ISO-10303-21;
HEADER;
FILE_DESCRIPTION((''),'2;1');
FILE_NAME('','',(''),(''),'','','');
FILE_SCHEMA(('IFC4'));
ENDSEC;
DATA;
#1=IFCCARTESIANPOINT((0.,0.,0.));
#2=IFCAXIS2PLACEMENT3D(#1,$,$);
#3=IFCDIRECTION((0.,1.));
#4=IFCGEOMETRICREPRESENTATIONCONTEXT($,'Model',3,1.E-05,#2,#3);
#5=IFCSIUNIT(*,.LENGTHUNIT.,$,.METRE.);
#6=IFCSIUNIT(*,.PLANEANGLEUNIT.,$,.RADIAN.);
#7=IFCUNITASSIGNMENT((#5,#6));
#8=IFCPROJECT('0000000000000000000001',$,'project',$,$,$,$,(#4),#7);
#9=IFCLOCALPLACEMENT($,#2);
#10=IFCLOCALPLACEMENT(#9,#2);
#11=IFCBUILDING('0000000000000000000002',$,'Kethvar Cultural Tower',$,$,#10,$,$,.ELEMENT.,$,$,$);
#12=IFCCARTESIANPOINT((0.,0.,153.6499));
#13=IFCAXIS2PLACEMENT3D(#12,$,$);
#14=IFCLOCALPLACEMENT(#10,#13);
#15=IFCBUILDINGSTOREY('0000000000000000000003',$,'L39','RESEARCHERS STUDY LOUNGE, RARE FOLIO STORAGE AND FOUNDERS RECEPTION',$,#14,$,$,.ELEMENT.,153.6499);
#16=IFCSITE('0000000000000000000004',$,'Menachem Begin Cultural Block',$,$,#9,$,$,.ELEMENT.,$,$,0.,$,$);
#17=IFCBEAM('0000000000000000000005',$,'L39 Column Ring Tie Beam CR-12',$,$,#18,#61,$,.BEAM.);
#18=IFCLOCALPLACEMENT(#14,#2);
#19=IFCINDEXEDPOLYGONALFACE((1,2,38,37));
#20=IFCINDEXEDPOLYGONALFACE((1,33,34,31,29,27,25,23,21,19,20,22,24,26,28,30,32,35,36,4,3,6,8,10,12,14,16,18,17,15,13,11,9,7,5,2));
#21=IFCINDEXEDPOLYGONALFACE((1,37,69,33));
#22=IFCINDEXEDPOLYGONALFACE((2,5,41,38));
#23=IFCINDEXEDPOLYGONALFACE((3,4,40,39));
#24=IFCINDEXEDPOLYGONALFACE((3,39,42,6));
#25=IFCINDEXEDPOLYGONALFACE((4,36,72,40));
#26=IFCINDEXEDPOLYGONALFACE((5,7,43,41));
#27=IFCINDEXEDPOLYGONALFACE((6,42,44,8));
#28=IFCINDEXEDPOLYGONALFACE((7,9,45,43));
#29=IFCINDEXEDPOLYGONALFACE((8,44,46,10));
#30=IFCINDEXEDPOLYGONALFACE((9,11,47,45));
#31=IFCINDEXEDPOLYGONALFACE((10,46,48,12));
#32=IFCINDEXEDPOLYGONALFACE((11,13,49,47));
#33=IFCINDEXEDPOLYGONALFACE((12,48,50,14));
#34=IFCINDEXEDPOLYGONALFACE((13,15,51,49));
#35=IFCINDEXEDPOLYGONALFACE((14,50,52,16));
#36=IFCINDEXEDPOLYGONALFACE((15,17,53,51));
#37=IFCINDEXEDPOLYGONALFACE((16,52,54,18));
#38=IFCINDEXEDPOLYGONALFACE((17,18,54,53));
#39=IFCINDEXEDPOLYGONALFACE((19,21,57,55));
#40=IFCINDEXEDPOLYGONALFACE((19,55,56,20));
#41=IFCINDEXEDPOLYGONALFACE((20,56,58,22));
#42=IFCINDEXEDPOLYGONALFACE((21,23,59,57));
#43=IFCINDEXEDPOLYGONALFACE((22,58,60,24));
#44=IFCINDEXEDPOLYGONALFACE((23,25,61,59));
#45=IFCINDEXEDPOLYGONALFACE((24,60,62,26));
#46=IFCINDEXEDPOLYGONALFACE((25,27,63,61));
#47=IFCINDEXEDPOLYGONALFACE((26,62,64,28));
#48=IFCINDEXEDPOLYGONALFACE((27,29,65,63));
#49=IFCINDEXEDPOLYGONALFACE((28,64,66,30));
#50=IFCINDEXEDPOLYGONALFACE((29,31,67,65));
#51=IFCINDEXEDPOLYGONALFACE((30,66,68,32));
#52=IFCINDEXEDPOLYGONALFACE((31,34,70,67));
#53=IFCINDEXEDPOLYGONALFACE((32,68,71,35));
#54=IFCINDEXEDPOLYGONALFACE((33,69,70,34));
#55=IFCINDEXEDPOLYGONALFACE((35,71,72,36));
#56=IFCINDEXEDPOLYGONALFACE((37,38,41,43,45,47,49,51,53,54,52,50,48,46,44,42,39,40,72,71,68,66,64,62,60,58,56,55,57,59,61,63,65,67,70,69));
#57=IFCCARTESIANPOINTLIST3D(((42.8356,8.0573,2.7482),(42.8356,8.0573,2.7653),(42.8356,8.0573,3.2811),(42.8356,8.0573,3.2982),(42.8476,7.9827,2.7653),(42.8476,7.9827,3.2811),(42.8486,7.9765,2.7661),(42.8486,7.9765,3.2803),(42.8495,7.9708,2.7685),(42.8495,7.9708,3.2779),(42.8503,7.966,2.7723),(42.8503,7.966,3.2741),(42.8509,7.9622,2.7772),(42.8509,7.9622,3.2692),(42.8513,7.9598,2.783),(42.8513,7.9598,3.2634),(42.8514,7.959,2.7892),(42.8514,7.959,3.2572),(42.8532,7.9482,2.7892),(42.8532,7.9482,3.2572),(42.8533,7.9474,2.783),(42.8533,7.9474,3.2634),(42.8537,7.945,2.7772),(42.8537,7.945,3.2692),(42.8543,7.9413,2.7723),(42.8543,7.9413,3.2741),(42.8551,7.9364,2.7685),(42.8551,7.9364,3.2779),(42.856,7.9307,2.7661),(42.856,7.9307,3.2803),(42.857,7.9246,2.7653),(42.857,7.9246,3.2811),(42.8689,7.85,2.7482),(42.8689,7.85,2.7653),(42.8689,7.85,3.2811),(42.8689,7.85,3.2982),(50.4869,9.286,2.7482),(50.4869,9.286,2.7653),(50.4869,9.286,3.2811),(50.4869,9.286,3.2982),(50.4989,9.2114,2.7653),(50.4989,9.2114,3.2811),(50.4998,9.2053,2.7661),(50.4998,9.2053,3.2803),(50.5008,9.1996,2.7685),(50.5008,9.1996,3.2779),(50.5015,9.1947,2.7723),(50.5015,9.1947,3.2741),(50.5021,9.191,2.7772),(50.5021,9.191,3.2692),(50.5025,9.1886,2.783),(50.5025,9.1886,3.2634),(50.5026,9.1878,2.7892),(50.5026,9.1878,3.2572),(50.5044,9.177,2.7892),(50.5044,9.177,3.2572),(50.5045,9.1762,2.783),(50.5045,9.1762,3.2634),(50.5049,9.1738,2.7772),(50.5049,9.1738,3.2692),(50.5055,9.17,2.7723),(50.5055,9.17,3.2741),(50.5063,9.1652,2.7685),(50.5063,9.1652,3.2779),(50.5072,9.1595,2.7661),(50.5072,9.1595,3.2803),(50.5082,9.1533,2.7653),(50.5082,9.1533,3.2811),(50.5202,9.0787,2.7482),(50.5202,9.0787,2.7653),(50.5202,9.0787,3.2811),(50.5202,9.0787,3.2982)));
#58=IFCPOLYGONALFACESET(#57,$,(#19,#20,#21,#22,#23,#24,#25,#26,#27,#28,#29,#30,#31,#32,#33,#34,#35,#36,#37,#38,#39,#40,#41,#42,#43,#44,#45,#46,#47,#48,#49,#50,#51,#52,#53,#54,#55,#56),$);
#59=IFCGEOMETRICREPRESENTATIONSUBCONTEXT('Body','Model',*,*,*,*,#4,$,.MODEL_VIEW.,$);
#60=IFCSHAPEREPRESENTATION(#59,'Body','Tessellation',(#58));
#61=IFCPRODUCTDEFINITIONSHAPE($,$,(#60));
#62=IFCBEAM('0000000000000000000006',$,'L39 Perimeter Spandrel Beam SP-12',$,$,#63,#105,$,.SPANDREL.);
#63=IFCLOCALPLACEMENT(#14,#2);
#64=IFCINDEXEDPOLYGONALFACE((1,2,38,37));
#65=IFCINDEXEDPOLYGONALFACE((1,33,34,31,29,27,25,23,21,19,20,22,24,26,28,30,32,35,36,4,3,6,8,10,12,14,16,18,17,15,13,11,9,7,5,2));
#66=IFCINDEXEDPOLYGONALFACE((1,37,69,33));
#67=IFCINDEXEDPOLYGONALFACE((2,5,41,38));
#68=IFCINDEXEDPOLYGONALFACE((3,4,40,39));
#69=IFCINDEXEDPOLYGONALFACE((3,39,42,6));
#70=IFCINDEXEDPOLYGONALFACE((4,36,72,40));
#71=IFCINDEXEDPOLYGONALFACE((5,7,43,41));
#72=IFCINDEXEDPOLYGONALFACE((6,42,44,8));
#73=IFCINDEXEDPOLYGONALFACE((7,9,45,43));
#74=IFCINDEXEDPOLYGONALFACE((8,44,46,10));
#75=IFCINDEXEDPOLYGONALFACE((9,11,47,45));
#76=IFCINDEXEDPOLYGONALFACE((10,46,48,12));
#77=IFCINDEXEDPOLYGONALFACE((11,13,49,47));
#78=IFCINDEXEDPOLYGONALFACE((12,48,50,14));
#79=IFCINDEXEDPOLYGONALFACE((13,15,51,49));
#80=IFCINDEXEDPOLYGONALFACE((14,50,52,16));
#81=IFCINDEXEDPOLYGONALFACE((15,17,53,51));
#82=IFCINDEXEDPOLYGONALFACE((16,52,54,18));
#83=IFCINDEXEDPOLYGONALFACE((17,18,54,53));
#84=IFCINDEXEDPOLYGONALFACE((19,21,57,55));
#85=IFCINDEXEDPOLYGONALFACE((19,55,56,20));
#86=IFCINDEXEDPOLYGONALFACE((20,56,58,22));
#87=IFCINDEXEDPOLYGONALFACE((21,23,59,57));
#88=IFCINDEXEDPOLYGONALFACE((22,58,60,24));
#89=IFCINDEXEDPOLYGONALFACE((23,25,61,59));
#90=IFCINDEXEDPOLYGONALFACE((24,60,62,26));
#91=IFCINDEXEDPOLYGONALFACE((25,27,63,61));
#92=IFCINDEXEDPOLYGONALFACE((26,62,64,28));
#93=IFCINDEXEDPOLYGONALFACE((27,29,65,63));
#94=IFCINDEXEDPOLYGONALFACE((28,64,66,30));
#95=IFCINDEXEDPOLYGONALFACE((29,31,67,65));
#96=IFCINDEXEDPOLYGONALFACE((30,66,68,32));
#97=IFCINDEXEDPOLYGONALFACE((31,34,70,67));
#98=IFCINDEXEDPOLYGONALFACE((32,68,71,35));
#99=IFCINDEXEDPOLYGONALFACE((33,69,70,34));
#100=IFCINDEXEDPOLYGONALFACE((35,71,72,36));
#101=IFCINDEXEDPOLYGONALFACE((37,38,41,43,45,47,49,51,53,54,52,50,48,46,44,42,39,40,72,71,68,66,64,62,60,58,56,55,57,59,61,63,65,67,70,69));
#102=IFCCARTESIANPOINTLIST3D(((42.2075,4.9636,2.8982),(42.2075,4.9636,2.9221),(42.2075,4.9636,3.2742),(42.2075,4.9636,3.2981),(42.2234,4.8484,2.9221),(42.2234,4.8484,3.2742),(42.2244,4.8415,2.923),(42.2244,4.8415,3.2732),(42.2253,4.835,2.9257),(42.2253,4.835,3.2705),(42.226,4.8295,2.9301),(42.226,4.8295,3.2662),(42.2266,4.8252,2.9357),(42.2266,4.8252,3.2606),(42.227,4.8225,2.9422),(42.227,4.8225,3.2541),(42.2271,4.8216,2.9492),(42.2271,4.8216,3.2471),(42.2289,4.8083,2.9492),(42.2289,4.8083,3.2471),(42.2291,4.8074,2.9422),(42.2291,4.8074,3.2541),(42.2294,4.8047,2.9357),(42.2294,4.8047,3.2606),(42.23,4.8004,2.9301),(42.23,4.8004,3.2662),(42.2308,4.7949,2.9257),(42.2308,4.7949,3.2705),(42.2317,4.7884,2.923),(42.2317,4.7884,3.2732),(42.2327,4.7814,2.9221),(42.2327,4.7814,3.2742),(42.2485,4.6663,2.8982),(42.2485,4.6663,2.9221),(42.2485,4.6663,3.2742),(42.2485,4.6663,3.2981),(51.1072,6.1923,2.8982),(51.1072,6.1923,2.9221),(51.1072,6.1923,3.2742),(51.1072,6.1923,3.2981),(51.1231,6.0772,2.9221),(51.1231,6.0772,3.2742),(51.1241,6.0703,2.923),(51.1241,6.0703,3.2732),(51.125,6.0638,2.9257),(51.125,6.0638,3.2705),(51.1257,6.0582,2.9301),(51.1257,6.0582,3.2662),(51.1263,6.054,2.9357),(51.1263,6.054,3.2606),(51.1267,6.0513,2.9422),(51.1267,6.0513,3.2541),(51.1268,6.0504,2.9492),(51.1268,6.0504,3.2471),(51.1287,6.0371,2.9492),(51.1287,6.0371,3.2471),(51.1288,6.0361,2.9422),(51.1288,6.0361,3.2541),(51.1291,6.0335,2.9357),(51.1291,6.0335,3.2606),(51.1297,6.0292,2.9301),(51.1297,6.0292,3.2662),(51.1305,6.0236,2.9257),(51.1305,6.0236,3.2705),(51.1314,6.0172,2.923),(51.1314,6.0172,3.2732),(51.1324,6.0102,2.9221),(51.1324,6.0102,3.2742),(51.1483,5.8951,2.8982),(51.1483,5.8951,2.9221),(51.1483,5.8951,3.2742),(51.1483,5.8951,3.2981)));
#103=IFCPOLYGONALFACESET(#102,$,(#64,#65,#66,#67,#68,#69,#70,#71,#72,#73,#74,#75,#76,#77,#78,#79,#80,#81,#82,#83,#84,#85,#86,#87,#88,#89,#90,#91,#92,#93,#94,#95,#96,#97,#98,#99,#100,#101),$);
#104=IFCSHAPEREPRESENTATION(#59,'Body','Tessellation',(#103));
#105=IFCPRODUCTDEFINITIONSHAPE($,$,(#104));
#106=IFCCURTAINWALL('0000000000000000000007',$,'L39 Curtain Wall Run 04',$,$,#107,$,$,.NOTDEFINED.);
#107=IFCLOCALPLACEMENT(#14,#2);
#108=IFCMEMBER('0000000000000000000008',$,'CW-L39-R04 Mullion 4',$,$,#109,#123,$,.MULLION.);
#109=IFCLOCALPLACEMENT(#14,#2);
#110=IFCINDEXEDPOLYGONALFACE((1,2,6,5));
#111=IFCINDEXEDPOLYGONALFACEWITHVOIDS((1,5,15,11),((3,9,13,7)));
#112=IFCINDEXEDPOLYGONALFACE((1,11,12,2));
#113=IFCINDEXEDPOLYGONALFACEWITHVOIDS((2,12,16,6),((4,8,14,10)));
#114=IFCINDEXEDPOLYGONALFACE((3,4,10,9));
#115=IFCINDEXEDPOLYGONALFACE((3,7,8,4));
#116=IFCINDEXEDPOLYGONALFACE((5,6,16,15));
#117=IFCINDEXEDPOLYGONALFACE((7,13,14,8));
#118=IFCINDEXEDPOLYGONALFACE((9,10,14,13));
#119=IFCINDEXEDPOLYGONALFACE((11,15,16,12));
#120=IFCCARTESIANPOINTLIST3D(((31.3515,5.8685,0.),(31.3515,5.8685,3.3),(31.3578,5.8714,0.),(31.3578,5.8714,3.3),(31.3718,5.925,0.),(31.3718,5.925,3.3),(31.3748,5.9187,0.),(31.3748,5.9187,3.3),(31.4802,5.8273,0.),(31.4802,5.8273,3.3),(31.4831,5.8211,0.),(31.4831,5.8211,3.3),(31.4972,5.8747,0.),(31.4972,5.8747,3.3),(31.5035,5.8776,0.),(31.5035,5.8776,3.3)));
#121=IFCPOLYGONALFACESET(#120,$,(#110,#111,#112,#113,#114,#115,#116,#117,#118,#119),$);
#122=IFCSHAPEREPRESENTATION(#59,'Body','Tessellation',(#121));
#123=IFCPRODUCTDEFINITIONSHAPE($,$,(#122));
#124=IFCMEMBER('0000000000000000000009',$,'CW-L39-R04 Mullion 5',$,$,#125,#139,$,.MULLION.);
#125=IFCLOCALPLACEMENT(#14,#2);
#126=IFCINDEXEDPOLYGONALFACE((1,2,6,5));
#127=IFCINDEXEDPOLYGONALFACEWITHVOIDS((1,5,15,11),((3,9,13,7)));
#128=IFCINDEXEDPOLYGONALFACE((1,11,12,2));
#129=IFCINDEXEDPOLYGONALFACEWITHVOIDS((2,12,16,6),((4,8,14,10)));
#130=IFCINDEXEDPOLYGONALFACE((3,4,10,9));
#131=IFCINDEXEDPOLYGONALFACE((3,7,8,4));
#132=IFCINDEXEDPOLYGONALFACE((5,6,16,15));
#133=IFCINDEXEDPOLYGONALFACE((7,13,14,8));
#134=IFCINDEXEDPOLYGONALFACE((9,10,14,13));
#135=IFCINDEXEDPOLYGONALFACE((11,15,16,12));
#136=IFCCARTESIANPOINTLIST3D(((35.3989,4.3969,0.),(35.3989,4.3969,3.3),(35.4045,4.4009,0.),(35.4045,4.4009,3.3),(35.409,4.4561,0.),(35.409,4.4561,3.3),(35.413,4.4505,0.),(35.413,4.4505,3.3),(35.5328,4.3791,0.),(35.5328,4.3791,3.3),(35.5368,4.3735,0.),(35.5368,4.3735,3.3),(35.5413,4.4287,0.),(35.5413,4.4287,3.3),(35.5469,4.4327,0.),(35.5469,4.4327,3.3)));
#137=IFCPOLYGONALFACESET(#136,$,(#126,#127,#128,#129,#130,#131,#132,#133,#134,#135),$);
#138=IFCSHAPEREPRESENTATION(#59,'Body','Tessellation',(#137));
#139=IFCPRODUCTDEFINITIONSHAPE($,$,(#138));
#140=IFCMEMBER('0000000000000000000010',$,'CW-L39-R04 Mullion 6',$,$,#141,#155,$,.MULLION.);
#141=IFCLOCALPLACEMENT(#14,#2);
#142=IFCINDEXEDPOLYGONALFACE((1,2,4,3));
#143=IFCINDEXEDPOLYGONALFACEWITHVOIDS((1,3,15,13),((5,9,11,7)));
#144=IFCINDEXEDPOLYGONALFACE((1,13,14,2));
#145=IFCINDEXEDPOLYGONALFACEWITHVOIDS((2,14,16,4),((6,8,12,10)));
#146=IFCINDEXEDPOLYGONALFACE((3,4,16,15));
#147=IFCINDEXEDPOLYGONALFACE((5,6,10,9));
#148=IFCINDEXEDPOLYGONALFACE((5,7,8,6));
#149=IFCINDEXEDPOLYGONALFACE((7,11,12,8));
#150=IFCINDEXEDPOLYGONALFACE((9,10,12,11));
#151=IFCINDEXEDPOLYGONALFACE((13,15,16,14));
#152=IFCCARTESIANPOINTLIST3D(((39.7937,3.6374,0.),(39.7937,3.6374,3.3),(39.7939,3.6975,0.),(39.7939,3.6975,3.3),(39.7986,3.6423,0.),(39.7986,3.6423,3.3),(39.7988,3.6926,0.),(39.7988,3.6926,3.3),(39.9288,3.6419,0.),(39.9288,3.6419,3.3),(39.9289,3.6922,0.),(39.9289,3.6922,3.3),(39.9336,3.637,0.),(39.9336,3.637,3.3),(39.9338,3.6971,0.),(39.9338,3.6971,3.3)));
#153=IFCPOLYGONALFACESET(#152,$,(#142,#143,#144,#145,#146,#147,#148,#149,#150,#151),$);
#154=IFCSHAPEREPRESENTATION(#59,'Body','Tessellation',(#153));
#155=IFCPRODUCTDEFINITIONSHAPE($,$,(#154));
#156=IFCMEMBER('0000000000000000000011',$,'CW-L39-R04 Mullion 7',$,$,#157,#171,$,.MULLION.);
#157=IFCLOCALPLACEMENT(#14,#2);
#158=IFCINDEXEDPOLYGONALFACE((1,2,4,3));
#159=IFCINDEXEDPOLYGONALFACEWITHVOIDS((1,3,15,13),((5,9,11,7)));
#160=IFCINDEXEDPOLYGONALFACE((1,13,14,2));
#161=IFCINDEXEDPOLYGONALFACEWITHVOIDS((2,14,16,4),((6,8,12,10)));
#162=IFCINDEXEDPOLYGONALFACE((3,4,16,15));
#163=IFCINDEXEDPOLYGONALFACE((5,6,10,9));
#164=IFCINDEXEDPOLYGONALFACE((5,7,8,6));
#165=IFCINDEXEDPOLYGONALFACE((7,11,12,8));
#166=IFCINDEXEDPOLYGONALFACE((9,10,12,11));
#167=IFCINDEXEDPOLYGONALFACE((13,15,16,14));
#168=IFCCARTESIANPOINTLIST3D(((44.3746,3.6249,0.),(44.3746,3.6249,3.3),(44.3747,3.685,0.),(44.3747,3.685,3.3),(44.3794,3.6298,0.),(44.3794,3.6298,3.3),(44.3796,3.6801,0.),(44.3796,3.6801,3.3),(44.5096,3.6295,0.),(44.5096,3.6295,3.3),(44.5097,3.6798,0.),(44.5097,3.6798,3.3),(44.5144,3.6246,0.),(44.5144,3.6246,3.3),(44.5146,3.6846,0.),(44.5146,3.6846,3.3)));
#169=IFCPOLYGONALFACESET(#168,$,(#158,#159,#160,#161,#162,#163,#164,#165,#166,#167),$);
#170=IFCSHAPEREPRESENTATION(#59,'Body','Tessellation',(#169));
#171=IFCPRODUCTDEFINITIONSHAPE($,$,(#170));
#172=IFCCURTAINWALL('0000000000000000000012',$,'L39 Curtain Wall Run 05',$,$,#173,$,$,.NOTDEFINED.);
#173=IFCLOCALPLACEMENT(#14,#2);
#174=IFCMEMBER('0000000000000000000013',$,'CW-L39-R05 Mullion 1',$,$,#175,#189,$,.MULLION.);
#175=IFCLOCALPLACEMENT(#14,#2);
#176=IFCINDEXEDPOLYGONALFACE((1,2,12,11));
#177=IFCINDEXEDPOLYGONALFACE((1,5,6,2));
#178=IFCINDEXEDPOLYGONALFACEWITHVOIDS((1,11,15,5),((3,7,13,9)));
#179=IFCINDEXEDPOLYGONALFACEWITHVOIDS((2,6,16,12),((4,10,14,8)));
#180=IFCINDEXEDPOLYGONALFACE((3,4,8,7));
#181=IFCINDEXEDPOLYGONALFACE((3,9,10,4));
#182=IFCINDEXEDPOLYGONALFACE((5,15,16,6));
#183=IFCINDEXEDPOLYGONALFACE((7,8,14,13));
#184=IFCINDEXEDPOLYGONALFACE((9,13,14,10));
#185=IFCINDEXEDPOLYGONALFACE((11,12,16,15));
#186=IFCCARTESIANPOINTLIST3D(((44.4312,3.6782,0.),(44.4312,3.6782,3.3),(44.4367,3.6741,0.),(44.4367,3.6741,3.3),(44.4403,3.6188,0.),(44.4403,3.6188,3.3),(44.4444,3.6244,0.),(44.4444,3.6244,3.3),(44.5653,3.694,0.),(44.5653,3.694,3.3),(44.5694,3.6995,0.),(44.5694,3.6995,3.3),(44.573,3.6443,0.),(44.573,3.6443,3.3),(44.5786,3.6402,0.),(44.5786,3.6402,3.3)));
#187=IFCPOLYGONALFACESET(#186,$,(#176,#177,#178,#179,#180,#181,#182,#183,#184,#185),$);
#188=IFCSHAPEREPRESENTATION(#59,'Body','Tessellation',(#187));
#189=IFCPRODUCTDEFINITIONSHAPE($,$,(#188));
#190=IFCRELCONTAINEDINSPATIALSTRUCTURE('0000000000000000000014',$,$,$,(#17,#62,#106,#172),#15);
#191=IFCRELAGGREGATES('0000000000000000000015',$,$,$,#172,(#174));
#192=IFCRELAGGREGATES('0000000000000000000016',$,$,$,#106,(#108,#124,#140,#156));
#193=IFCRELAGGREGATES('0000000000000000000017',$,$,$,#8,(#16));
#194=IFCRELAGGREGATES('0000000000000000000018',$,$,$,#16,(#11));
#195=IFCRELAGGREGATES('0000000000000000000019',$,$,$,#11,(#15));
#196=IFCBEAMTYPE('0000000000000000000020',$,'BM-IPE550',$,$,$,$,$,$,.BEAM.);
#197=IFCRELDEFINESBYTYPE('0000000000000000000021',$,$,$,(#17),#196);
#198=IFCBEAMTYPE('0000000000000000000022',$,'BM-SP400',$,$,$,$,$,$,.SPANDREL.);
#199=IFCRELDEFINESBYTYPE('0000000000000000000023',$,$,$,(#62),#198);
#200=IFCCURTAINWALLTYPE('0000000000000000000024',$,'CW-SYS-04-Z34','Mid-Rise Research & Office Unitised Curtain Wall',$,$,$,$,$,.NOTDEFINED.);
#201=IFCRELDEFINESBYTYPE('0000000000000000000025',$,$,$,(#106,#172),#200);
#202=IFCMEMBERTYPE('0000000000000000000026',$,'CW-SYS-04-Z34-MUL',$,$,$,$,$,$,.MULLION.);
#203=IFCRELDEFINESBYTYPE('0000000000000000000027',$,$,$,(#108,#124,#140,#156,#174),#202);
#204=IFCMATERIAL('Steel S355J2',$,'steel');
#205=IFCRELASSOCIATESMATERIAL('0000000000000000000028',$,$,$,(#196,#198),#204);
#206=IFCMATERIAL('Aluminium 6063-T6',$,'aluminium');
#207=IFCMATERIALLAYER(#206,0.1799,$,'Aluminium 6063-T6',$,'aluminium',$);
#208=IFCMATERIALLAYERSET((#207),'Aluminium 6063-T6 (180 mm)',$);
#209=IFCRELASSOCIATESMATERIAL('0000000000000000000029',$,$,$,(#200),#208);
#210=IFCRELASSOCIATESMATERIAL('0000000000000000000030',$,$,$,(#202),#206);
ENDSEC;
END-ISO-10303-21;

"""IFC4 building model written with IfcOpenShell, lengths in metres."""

from ifc_helpers import new_model, si_unit, direction, frame, origin, origin_2d, place, context, subcontext, project, spatial, hollow_rectangle, i_section, extrude, source, transform, mapped, material, layer, layer_set, material_profile, profile_set, type_object, element, aggregate, save


model = new_model("IFC4")

# Units and contexts
model_context = context("Model", 3, precision=1e-05, world=origin(), true_north=direction((0.0, 1.0)))
body_context = subcontext(model_context, "Body", "Model", "MODEL_VIEW")
ifc_project = project(units=[si_unit("LENGTHUNIT", "METRE"), si_unit("PLANEANGLEUNIT", "RADIAN")], contexts=[model_context])

# Site, building, storey
site_placement = place(None, origin())
site = spatial("IfcSite", under=ifc_project, at=site_placement, Name="Menachem Begin Cultural Block", CompositionType="ELEMENT", RefElevation=0.0)
building_placement = place(site_placement, origin())
building = spatial("IfcBuilding", under=site, at=building_placement, Name="Kethvar Cultural Tower", CompositionType="ELEMENT")
storey_placement = place(building_placement, frame((0.0, 0.0, 153.6499)))
storey = spatial("IfcBuildingStorey", under=building, at=storey_placement, Name="L39", Description="RESEARCHERS STUDY LOUNGE, RARE FOLIO STORAGE AND FOUNDERS RECEPTION", CompositionType="ELEMENT", Elevation=153.6499)

# Beams
ifc_material_1 = material(Name="Steel S355J2", Category="steel")
ifc_material_profile_1 = material_profile(ifc_material_1, i_section(OverallWidth=0.21, OverallDepth=0.55, WebThickness=0.011, FlangeThickness=0.0171, FilletRadius=0.0239, at=origin_2d()), Name="Steel S355J2 — IPE550")
ifc_profile_set_1 = profile_set([ifc_material_profile_1], Name="Steel S355J2 — IPE550")
beam_type_1 = type_object("IfcBeamType", Name="BM-IPE550", PredefinedType="BEAM", material=ifc_profile_set_1)
ifc_material_profile_2 = material_profile(ifc_material_1, i_section(OverallWidth=0.3, OverallDepth=0.3999, WebThickness=0.0134, FlangeThickness=0.0239, FilletRadius=0.0271, at=origin_2d()), Name="Steel S355J2 — HEB400")
ifc_profile_set_2 = profile_set([ifc_material_profile_2], Name="Steel S355J2 — HEB400")
beam_type_2 = type_object("IfcBeamType", Name="BM-SP400", PredefinedType="SPANDREL", material=ifc_profile_set_2)
shared_shape_1 = source(origin(), body_context, "Body", "SweptSolid", [
    extrude(i_section(OverallWidth=0.21, OverallDepth=0.55, WebThickness=0.011, FlangeThickness=0.0171, FilletRadius=0.0239, at=origin_2d()), origin(), (0.0, 0.0, 1.0), 7.7493),
])
beam_1_placement = place(storey_placement, frame((42.8523, 7.9536, 3.0232), z_axis=(0.987348, 0.158567, 0.0), x_axis=(-0.158567, 0.987348, 0.0)))
element("IfcBeam", 1, at=beam_1_placement, inside=storey, type_object=beam_type_1, Name="L39 Column Ring Tie Beam CR-12", PredefinedType="BEAM", context=body_context, shape_type="MappedRepresentation", body=[
    mapped(shared_shape_1, transform((0.0, 0.0, 0.0), scale=1.0)),
])
shared_shape_2 = source(origin(), body_context, "Body", "SweptSolid", [
    extrude(i_section(OverallWidth=0.3, OverallDepth=0.3999, WebThickness=0.0134, FlangeThickness=0.0239, FilletRadius=0.0271, at=origin_2d()), origin(), (0.0, 0.0, 1.0), 8.9841),
])
beam_2_placement = place(storey_placement, frame((42.228, 4.8149, 3.0981), z_axis=(0.990603, 0.136771, 0.0), x_axis=(-0.136771, 0.990603, 0.0)))
element("IfcBeam", 2, at=beam_2_placement, inside=storey, type_object=beam_type_2, Name="L39 Perimeter Spandrel Beam SP-12", PredefinedType="SPANDREL", context=body_context, shape_type="MappedRepresentation", body=[
    mapped(shared_shape_2, transform((0.0, 0.0, 0.0), scale=1.0)),
])

# Curtain wall, members
ifc_material_2 = material(Name="Aluminium 6063-T6", Category="aluminium")
ifc_layer_1 = layer(ifc_material_2, 0.1799, Name="Aluminium 6063-T6", Category="aluminium")
ifc_layer_set_1 = layer_set([ifc_layer_1], Name="Aluminium 6063-T6 (180 mm)")
curtain_wall_type = type_object("IfcCurtainWallType", Name="CW-SYS-04-Z34", Description="Mid-Rise Research & Office Unitised Curtain Wall", PredefinedType="NOTDEFINED", material=ifc_layer_set_1)
curtain_wall_1_placement = place(storey_placement, origin())
curtain_wall_1 = element("IfcCurtainWall", 3, at=curtain_wall_1_placement, inside=storey, type_object=curtain_wall_type, Name="L39 Curtain Wall Run 04", PredefinedType="NOTDEFINED")
ifc_material_profile_3 = material_profile(ifc_material_2, hollow_rectangle(XDim=0.0601, YDim=0.1399, WallThickness=0.0049, at=origin_2d()), Name="Aluminium 6063-T6 — RHS140x60x5")
ifc_profile_set_3 = profile_set([ifc_material_profile_3], Name="Aluminium 6063-T6 — RHS140x60x5")
member_type_1 = type_object("IfcMemberType", Name="CW-SYS-04-Z34-MUL", PredefinedType="MULLION", material=ifc_profile_set_3)
shared_shape_3 = source(origin(), body_context, "Body", "SweptSolid", [
    extrude(hollow_rectangle(XDim=0.0601, YDim=0.1399, WallThickness=0.0049, at=origin_2d()), origin(), (0.0, 0.0, 1.0), 3.3),
])
member_1_placement = place(storey_placement, frame((31.4275, 5.873, 0.0), z_axis=(0.0, 0.0, 1.0), x_axis=(0.338705, 0.940893, 0.0)))
member_1 = element("IfcMember", 4, at=member_1_placement, type_object=member_type_1, Name="CW-L39-R04 Mullion 4", PredefinedType="MULLION", context=body_context, shape_type="MappedRepresentation", body=[
    mapped(shared_shape_3, transform((0.0, 0.0, 0.0), scale=1.0)),
])
member_2_placement = place(storey_placement, frame((35.4729, 4.4148, 0.0), z_axis=(0.0, 0.0, 1.0), x_axis=(0.167526, 0.985868, 0.0)))
member_2 = element("IfcMember", 5, at=member_2_placement, type_object=member_type_1, Name="CW-L39-R04 Mullion 5", PredefinedType="MULLION", context=body_context, shape_type="MappedRepresentation", body=[
    mapped(shared_shape_3, transform((0.0, 0.0, 0.0), scale=1.0)),
])
member_3_placement = place(storey_placement, frame((39.8638, 3.6672, 0.0), z_axis=(0.0, 0.0, 1.0), x_axis=(0.002723, 0.999996, 0.0)))
member_3 = element("IfcMember", 6, at=member_3_placement, type_object=member_type_1, Name="CW-L39-R04 Mullion 6", PredefinedType="MULLION", context=body_context, shape_type="MappedRepresentation", body=[
    mapped(shared_shape_3, transform((0.0, 0.0, 0.0), scale=1.0)),
])
member_4_placement = place(storey_placement, frame((44.4446, 3.6548, 0.0), z_axis=(0.0, 0.0, 1.0), x_axis=(0.002723, 0.999996, 0.0)))
member_4 = element("IfcMember", 7, at=member_4_placement, type_object=member_type_1, Name="CW-L39-R04 Mullion 7", PredefinedType="MULLION", context=body_context, shape_type="MappedRepresentation", body=[
    mapped(shared_shape_3, transform((0.0, 0.0, 0.0), scale=1.0)),
])

# Curtain wall, member
curtain_wall_2_placement = place(storey_placement, origin())
curtain_wall_2 = element("IfcCurtainWall", 8, at=curtain_wall_2_placement, inside=storey, type_object=curtain_wall_type, Name="L39 Curtain Wall Run 05", PredefinedType="NOTDEFINED")
member_5_placement = place(storey_placement, frame((44.5049, 3.6592, 0.0), z_axis=(0.0, 0.0, 1.0), x_axis=(-0.152641, 0.988282, 0.0)))
member_5 = element("IfcMember", 9, at=member_5_placement, type_object=member_type_1, Name="CW-L39-R05 Mullion 1", PredefinedType="MULLION", context=body_context, shape_type="MappedRepresentation", body=[
    mapped(shared_shape_3, transform((0.0, 0.0, 0.0), scale=1.0)),
])

aggregate(curtain_wall_2, [member_5])

aggregate(curtain_wall_1, [member_1, member_2, member_3, member_4])

save(model, "model.ifc")
